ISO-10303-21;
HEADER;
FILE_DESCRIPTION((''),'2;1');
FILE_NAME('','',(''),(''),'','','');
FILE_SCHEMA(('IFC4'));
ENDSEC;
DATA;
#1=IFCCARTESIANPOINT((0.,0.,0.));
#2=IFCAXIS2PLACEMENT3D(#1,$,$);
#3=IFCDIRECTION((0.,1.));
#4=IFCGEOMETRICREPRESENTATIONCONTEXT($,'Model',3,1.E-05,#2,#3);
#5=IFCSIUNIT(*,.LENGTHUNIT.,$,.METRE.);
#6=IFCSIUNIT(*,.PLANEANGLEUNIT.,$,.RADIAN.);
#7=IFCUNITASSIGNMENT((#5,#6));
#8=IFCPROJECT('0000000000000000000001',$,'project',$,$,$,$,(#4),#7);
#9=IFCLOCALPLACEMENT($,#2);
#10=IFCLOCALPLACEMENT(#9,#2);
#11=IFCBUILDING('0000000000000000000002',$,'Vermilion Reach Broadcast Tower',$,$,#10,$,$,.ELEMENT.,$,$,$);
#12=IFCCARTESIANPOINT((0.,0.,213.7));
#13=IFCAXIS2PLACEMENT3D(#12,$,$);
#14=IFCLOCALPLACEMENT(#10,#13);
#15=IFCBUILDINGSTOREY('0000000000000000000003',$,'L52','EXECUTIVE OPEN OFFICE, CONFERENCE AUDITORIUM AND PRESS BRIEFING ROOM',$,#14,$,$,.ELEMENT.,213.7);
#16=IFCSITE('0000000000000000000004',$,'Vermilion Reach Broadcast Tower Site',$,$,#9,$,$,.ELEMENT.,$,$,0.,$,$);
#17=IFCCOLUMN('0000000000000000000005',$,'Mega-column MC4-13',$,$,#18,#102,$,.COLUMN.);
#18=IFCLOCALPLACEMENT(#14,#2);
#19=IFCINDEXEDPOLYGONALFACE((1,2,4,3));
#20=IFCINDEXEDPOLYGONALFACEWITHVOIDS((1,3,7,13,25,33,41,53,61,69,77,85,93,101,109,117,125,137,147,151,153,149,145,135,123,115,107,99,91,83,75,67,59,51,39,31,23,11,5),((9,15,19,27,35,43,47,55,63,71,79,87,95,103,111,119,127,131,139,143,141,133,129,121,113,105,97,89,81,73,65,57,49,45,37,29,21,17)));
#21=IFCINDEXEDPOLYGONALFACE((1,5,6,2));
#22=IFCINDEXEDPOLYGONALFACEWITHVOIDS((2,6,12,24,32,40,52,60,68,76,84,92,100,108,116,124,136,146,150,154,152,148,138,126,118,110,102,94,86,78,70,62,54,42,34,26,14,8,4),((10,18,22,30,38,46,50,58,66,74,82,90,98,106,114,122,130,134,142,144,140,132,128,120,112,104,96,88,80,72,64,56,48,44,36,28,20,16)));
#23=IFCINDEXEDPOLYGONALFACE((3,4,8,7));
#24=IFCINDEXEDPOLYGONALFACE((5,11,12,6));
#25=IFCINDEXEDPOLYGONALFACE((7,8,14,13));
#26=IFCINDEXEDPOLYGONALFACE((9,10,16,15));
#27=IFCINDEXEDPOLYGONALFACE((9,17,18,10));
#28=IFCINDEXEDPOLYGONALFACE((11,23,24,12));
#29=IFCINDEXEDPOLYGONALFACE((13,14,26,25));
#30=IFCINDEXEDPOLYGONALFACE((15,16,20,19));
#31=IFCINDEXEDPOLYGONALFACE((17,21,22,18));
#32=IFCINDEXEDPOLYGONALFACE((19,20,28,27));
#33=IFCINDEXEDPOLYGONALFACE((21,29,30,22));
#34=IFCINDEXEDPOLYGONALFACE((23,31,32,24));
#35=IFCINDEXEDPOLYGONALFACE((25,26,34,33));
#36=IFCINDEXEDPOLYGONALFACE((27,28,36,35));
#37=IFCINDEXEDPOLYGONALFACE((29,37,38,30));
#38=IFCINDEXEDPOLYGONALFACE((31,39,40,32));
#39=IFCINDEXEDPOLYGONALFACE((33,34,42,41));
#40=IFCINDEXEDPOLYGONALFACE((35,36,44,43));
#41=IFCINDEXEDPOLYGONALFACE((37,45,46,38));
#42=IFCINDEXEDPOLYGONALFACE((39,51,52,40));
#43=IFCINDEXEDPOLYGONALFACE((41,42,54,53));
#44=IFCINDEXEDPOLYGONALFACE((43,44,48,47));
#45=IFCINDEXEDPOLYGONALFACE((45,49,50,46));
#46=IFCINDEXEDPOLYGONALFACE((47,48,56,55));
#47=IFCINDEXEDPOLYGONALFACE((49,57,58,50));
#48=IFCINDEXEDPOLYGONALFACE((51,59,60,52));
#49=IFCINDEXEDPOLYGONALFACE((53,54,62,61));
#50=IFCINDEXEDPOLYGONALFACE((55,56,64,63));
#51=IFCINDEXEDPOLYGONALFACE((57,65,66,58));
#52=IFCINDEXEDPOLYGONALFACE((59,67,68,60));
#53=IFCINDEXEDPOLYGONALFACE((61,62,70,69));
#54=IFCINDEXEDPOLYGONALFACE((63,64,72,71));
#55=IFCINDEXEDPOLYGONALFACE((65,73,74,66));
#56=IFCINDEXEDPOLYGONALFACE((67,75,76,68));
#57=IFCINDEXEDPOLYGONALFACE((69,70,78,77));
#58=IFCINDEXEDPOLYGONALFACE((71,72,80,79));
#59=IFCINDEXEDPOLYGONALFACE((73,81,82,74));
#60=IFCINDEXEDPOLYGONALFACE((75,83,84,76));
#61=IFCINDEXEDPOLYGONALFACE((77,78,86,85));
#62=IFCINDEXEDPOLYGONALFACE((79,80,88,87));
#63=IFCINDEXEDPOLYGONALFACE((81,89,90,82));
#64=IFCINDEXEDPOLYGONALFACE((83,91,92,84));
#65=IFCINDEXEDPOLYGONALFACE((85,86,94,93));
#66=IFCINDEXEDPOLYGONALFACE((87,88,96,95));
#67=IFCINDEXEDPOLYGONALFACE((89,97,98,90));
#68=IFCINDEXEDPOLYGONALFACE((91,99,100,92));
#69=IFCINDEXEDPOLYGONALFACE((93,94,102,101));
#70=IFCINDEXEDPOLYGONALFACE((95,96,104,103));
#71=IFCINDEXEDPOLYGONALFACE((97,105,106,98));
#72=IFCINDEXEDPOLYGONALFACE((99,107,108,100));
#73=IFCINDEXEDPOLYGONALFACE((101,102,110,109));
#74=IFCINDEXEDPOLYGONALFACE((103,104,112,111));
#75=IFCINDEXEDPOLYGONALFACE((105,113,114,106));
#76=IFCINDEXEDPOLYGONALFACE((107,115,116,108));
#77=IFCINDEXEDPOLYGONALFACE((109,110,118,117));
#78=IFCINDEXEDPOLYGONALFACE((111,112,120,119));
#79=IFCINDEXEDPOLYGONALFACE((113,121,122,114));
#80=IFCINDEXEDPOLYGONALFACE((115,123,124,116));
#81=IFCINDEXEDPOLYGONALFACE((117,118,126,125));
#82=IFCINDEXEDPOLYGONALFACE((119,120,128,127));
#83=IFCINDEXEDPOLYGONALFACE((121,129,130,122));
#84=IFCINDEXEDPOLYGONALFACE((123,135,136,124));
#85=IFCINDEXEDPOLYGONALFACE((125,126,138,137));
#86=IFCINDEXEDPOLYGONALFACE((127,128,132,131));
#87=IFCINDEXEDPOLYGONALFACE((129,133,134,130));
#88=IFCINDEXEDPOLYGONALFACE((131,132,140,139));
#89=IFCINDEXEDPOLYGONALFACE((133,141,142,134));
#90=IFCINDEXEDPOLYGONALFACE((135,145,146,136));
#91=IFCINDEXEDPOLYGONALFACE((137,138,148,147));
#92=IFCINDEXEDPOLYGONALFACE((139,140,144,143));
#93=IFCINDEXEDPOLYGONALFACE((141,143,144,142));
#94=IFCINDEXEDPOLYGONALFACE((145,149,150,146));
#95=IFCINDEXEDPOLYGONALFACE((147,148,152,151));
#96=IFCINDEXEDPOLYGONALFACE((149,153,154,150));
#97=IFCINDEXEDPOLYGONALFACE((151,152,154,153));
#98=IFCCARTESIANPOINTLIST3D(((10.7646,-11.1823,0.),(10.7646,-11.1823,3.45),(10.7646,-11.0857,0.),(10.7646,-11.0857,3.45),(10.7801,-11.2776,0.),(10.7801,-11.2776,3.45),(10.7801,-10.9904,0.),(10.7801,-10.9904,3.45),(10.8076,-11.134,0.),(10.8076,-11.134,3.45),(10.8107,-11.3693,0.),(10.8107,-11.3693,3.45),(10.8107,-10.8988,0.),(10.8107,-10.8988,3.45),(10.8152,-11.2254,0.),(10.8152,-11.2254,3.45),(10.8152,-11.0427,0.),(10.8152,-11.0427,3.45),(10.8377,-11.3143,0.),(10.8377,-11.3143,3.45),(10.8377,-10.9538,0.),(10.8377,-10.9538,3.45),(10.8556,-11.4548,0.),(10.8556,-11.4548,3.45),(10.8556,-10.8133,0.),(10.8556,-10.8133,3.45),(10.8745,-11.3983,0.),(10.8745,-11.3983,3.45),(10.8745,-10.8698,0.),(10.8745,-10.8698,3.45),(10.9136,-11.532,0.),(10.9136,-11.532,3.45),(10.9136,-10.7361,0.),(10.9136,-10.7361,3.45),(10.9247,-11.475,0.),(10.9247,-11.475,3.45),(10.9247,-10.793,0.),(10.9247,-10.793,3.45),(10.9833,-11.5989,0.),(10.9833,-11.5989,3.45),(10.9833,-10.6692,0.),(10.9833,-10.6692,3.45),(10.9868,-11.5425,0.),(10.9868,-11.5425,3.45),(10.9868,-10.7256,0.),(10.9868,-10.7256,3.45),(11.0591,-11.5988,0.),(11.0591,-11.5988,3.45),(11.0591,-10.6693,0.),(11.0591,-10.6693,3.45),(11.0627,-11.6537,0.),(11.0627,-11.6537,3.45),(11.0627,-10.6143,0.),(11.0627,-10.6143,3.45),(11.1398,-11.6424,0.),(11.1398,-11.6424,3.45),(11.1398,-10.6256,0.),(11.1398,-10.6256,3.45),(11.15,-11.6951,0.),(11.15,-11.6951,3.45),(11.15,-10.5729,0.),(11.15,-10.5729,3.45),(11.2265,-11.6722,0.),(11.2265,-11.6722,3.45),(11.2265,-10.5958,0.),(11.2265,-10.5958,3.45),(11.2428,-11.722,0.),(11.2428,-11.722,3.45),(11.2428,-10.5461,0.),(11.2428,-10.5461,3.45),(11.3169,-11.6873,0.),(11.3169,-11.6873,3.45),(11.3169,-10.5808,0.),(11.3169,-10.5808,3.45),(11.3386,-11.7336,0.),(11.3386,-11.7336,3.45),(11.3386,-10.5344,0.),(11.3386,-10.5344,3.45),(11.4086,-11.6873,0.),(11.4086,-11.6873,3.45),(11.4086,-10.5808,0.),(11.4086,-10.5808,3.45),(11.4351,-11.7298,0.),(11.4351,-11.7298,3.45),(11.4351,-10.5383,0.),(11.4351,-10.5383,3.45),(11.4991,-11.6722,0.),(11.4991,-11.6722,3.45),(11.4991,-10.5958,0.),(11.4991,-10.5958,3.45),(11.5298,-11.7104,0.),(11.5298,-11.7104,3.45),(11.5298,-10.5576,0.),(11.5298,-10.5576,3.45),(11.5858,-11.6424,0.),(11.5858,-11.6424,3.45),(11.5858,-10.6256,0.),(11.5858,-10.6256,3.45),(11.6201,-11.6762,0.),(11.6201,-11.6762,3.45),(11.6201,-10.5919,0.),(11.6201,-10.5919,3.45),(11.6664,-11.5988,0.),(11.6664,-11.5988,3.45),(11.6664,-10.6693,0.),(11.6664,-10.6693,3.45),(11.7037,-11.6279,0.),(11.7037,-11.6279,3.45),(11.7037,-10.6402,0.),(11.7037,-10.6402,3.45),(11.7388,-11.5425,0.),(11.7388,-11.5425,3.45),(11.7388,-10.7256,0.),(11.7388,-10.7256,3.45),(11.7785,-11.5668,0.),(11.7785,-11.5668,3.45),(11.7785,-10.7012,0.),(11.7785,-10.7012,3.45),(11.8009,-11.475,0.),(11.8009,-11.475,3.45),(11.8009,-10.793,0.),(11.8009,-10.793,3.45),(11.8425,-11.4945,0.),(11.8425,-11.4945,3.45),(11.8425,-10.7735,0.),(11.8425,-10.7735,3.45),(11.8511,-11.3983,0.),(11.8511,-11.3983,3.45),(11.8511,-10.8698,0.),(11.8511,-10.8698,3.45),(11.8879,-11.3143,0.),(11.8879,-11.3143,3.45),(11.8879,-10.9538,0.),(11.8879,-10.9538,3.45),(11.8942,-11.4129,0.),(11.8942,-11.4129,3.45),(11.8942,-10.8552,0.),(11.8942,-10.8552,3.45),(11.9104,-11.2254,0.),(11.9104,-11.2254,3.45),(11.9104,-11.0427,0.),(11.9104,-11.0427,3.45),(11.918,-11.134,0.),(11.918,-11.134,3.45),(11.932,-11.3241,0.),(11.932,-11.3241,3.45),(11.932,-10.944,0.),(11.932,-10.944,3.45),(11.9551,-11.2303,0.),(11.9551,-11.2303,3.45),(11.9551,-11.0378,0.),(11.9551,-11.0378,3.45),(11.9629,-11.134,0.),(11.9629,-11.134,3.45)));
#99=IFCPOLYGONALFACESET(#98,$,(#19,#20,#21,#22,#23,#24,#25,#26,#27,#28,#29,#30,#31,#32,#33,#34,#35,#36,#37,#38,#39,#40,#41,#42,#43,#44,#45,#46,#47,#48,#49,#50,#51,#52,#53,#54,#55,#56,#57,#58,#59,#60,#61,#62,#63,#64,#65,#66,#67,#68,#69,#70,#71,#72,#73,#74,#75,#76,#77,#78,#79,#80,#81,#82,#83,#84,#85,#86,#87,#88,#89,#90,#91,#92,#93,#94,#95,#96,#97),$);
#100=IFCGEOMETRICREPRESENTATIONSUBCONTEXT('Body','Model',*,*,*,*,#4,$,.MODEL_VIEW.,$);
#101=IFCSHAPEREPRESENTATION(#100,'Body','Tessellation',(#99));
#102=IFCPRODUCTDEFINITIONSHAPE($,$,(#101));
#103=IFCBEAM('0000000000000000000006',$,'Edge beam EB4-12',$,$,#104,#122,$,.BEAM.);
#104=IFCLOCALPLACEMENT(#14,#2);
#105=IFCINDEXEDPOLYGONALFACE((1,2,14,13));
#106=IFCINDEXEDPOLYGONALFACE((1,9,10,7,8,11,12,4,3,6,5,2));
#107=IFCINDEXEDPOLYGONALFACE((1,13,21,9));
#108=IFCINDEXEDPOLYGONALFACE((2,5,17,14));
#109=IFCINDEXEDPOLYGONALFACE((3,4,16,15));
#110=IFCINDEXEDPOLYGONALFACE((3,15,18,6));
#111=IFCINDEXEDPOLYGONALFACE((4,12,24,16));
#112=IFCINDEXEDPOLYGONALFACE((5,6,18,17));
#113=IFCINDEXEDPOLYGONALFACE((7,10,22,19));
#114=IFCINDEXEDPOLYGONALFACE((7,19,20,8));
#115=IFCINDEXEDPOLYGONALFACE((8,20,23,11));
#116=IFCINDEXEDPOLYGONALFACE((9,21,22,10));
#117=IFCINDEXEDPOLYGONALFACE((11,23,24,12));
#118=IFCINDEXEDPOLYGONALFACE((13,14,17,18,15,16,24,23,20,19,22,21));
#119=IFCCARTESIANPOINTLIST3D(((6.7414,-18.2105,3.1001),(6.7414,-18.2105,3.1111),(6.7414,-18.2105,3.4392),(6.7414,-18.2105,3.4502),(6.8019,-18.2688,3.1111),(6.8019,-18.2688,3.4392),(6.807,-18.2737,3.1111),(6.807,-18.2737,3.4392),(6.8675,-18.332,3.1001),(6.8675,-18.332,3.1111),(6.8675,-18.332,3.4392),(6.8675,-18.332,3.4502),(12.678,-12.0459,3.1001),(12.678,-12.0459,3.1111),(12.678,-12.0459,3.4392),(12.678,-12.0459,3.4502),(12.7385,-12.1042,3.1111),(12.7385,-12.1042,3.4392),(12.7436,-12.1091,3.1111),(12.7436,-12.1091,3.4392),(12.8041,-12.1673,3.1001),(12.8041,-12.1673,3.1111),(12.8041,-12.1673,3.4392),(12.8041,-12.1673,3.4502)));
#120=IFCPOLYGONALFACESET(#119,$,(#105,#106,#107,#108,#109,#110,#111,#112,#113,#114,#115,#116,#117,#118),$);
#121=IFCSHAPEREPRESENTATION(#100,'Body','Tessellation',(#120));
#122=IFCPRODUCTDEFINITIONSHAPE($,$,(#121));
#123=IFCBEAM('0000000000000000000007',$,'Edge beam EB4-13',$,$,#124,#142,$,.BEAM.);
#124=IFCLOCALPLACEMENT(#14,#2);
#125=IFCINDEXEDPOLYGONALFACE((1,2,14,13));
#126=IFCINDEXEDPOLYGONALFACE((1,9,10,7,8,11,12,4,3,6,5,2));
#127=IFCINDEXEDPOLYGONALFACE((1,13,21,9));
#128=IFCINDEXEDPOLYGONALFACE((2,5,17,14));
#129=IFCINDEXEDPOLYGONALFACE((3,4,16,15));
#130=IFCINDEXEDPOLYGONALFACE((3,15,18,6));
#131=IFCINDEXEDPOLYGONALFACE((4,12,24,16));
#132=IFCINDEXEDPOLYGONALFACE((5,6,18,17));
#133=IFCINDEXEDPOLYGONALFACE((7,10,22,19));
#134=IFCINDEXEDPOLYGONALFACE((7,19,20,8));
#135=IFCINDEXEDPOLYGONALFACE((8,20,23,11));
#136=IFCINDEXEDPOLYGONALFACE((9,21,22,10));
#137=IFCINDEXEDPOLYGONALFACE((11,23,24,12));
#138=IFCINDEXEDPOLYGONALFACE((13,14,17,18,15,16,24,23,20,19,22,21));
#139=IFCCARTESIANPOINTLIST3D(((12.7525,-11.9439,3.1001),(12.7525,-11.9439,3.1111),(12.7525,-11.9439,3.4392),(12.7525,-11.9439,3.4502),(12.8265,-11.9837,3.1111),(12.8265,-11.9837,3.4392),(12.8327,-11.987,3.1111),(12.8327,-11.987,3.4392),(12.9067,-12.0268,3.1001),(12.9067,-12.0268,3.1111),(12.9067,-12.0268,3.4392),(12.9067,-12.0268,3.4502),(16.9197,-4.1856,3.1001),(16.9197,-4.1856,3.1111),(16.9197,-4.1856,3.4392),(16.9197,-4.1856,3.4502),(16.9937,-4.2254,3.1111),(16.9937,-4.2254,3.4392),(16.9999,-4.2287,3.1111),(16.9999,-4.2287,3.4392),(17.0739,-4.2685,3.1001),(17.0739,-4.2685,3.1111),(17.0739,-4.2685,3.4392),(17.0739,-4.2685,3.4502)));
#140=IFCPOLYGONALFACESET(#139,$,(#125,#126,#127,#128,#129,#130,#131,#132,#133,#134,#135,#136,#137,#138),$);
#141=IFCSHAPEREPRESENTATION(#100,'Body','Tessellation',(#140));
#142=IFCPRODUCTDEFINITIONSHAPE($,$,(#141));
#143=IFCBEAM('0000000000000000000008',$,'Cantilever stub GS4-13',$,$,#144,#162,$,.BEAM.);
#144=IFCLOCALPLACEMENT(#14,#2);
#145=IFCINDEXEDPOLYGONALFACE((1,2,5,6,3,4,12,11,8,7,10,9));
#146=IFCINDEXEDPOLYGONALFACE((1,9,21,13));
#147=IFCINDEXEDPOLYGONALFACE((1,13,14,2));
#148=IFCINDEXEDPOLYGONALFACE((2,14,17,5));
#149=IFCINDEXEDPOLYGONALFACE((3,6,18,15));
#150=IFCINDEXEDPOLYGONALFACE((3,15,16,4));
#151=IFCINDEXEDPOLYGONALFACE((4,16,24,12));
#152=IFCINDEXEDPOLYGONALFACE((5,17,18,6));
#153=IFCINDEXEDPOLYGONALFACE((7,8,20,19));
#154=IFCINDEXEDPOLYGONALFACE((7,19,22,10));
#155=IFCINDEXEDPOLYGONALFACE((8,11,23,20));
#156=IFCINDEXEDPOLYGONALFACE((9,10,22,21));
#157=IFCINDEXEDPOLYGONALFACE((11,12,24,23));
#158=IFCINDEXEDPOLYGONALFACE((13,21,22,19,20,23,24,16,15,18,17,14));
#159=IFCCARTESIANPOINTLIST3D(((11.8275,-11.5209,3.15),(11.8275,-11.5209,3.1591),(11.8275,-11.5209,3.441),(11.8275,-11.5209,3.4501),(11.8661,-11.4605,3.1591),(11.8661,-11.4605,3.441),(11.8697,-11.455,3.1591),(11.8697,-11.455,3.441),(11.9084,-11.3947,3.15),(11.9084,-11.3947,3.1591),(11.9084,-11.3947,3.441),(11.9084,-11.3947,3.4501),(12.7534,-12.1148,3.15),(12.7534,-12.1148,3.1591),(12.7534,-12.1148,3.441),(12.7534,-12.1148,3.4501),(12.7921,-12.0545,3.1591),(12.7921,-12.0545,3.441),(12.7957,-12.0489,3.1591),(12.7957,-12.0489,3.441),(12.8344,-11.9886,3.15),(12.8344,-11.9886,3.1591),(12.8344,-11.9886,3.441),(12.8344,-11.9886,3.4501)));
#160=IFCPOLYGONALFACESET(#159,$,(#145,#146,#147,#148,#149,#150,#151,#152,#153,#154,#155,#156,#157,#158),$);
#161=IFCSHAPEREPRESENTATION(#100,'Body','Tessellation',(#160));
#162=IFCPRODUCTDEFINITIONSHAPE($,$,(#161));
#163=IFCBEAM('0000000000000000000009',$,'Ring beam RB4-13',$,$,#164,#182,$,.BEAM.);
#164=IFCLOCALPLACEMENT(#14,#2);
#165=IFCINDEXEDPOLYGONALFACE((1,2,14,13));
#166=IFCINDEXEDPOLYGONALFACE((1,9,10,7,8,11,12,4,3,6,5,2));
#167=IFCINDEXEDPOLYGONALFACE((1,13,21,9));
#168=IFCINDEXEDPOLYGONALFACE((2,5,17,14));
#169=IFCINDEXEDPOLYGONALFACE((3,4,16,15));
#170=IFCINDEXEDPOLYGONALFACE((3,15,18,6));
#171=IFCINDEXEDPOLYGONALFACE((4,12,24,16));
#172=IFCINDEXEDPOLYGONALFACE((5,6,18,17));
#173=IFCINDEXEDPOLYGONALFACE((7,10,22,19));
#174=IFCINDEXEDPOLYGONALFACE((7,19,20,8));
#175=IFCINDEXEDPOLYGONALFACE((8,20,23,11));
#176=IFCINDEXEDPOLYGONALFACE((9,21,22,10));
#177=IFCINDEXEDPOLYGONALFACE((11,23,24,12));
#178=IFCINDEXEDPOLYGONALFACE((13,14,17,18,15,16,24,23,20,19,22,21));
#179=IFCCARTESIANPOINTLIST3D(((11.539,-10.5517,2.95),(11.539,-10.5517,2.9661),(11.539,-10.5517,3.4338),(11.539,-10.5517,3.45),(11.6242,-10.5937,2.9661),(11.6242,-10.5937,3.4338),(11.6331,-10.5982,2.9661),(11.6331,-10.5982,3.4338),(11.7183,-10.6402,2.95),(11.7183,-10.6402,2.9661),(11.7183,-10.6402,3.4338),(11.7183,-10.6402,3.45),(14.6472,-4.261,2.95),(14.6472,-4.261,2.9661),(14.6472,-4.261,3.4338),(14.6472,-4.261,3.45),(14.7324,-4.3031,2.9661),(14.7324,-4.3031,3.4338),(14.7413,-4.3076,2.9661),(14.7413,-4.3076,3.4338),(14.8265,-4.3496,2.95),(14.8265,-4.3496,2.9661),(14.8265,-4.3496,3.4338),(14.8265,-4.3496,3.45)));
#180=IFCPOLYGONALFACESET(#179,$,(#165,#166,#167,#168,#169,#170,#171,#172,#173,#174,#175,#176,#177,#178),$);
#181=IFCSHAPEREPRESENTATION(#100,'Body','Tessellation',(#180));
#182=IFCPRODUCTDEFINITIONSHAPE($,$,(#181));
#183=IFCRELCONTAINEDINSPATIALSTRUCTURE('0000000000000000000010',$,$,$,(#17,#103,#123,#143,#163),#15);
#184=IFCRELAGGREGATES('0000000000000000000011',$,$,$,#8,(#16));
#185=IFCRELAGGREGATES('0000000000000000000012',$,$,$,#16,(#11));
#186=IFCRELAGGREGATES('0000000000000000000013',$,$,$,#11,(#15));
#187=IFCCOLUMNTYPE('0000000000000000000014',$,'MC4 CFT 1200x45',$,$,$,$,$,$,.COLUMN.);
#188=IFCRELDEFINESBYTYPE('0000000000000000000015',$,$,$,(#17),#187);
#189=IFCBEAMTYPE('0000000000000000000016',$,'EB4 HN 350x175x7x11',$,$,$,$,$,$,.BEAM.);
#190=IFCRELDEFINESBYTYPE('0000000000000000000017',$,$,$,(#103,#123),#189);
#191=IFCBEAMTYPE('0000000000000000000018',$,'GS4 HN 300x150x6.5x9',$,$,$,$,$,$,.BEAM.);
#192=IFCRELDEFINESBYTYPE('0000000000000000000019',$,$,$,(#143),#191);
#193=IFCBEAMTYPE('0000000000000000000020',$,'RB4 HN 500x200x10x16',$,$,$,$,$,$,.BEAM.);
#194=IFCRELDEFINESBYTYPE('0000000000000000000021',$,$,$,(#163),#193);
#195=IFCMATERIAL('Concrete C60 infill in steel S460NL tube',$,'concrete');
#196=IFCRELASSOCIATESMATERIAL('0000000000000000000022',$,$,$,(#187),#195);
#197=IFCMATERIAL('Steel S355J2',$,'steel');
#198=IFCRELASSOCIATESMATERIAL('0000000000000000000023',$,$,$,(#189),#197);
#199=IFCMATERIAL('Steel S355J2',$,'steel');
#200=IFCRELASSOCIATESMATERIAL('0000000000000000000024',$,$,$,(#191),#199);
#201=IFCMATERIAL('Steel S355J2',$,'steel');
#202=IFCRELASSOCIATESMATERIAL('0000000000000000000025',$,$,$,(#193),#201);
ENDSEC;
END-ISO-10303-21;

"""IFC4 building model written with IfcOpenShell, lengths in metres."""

from ifc_helpers import new_model, si_unit, direction, frame, origin, origin_2d, place, context, subcontext, project, spatial, hollow_circle, i_section, extrude, material, material_profile, profile_set, type_object, element, save


model = new_model("IFC4")

# Units and contexts
model_context = context("Model", 3, precision=1e-05, world=origin(), true_north=direction((0.0, 1.0)))
body_context = subcontext(model_context, "Body", "Model", "MODEL_VIEW")
ifc_project = project(units=[si_unit("LENGTHUNIT", "METRE"), si_unit("PLANEANGLEUNIT", "RADIAN")], contexts=[model_context])

# Site, building, storey
site_placement = place(None, origin())
site = spatial("IfcSite", under=ifc_project, at=site_placement, Name="Vermilion Reach Broadcast Tower Site", CompositionType="ELEMENT", RefElevation=0.0)
building_placement = place(site_placement, origin())
building = spatial("IfcBuilding", under=site, at=building_placement, Name="Vermilion Reach Broadcast Tower", CompositionType="ELEMENT")
storey_placement = place(building_placement, frame((0.0, 0.0, 213.7)))
storey = spatial("IfcBuildingStorey", under=building, at=storey_placement, Name="L52", Description="EXECUTIVE OPEN OFFICE, CONFERENCE AUDITORIUM AND PRESS BRIEFING ROOM", CompositionType="ELEMENT", Elevation=213.7)

# Column
ifc_material_1 = material(Name="Concrete C60 infill in steel S460NL tube", Category="concrete")
ifc_material_profile_1 = material_profile(ifc_material_1, hollow_circle(Radius=0.6001, WallThickness=0.0449, at=origin_2d()), Name="Concrete C60 infill in steel S460NL tube CFT 1200x45")
ifc_profile_set_1 = profile_set([ifc_material_profile_1], Name="Concrete C60 infill in steel S460NL tube")
column_type = type_object("IfcColumnType", Name="MC4 CFT 1200x45", PredefinedType="COLUMN", material=ifc_profile_set_1)
column_placement = place(storey_placement, frame((11.3628, -11.134, 0.0), z_axis=(0.0, 0.0, 1.0), x_axis=(1.0, 0.0, 0.0)))
element("IfcColumn", 1, at=column_placement, inside=storey, type_object=column_type, Name="Mega-column MC4-13", PredefinedType="COLUMN", context=body_context, shape_type="SweptSolid", body=[
    extrude(hollow_circle(Radius=0.6001, WallThickness=0.0449, at=origin_2d()), origin(), (0.0, 0.0, 1.0), 3.45),
])

# Beams
ifc_material_2 = material(Name="Steel S355J2", Category="steel")
ifc_material_profile_2 = material_profile(ifc_material_2, i_section(OverallWidth=0.175, OverallDepth=0.3501, WebThickness=0.0071, FlangeThickness=0.011, at=origin_2d()), Name="S355J2 HN 350x175x7x11")
ifc_profile_set_2 = profile_set([ifc_material_profile_2], Name="Steel S355J2")
beam_type_1 = type_object("IfcBeamType", Name="EB4 HN 350x175x7x11", PredefinedType="BEAM", material=ifc_profile_set_2)
beam_1_placement = place(storey_placement, frame((6.8044, -18.2712, 3.2751), z_axis=(0.693659, 0.720303, 0.0), x_axis=(-0.720303, 0.693659, 0.0)))
element("IfcBeam", 2, at=beam_1_placement, inside=storey, type_object=beam_type_1, Name="Edge beam EB4-12", PredefinedType="BEAM", context=body_context, shape_type="SweptSolid", body=[
    extrude(i_section(OverallWidth=0.175, OverallDepth=0.3501, WebThickness=0.0071, FlangeThickness=0.011, at=origin_2d()), origin(), (0.0, 0.0, 1.0), 8.5583),
])
beam_2_placement = place(storey_placement, frame((12.8296, -11.9854, 3.2751), z_axis=(0.473192, 0.880959, 0.0), x_axis=(-0.880959, 0.473192, 0.0)))
element("IfcBeam", 3, at=beam_2_placement, inside=storey, type_object=beam_type_1, Name="Edge beam EB4-13", PredefinedType="BEAM", context=body_context, shape_type="SweptSolid", body=[
    extrude(i_section(OverallWidth=0.175, OverallDepth=0.3501, WebThickness=0.0071, FlangeThickness=0.011, at=origin_2d()), origin(), (0.0, 0.0, 1.0), 8.8066),
])
ifc_material_3 = material(Name="Steel S355J2", Category="steel")
ifc_material_profile_3 = material_profile(ifc_material_3, i_section(OverallWidth=0.1499, OverallDepth=0.3, WebThickness=0.0066, FlangeThickness=0.009, at=origin_2d()), Name="S355J2 HN 300x150x6.5x9")
ifc_profile_set_3 = profile_set([ifc_material_profile_3], Name="Steel S355J2")
beam_type_2 = type_object("IfcBeamType", Name="GS4 HN 300x150x6.5x9", PredefinedType="BEAM", material=ifc_profile_set_3)
beam_3_placement = place(storey_placement, frame((11.8679, -11.4578, 3.3), z_axis=(0.841719, -0.539916, 0.0), x_axis=(0.539916, 0.841719, 0.0)))
element("IfcBeam", 4, at=beam_3_placement, inside=storey, type_object=beam_type_2, Name="Cantilever stub GS4-13", PredefinedType="BEAM", context=body_context, shape_type="SweptSolid", body=[
    extrude(i_section(OverallWidth=0.1499, OverallDepth=0.3, WebThickness=0.0066, FlangeThickness=0.009, at=origin_2d()), origin(), (0.0, 0.0, 1.0), 1.1001),
])
ifc_material_4 = material(Name="Steel S355J2", Category="steel")
ifc_material_profile_4 = material_profile(ifc_material_4, i_section(OverallWidth=0.2, OverallDepth=0.5, WebThickness=0.01, FlangeThickness=0.0161, at=origin_2d()), Name="S355J2 HN 500x200x10x16")
ifc_profile_set_4 = profile_set([ifc_material_profile_4], Name="Steel S355J2")
beam_type_3 = type_object("IfcBeamType", Name="RB4 HN 500x200x10x16", PredefinedType="BEAM", material=ifc_profile_set_4)
beam_4_placement = place(storey_placement, frame((11.6287, -10.5959, 3.2), z_axis=(0.442977, 0.896533, 0.0), x_axis=(-0.896533, 0.442977, 0.0)))
element("IfcBeam", 5, at=beam_4_placement, inside=storey, type_object=beam_type_3, Name="Ring beam RB4-13", PredefinedType="BEAM", context=body_context, shape_type="SweptSolid", body=[
    extrude(i_section(OverallWidth=0.2, OverallDepth=0.5, WebThickness=0.01, FlangeThickness=0.0161, at=origin_2d()), origin(), (0.0, 0.0, 1.0), 7.0166),
])

save(model, "model.ifc")
